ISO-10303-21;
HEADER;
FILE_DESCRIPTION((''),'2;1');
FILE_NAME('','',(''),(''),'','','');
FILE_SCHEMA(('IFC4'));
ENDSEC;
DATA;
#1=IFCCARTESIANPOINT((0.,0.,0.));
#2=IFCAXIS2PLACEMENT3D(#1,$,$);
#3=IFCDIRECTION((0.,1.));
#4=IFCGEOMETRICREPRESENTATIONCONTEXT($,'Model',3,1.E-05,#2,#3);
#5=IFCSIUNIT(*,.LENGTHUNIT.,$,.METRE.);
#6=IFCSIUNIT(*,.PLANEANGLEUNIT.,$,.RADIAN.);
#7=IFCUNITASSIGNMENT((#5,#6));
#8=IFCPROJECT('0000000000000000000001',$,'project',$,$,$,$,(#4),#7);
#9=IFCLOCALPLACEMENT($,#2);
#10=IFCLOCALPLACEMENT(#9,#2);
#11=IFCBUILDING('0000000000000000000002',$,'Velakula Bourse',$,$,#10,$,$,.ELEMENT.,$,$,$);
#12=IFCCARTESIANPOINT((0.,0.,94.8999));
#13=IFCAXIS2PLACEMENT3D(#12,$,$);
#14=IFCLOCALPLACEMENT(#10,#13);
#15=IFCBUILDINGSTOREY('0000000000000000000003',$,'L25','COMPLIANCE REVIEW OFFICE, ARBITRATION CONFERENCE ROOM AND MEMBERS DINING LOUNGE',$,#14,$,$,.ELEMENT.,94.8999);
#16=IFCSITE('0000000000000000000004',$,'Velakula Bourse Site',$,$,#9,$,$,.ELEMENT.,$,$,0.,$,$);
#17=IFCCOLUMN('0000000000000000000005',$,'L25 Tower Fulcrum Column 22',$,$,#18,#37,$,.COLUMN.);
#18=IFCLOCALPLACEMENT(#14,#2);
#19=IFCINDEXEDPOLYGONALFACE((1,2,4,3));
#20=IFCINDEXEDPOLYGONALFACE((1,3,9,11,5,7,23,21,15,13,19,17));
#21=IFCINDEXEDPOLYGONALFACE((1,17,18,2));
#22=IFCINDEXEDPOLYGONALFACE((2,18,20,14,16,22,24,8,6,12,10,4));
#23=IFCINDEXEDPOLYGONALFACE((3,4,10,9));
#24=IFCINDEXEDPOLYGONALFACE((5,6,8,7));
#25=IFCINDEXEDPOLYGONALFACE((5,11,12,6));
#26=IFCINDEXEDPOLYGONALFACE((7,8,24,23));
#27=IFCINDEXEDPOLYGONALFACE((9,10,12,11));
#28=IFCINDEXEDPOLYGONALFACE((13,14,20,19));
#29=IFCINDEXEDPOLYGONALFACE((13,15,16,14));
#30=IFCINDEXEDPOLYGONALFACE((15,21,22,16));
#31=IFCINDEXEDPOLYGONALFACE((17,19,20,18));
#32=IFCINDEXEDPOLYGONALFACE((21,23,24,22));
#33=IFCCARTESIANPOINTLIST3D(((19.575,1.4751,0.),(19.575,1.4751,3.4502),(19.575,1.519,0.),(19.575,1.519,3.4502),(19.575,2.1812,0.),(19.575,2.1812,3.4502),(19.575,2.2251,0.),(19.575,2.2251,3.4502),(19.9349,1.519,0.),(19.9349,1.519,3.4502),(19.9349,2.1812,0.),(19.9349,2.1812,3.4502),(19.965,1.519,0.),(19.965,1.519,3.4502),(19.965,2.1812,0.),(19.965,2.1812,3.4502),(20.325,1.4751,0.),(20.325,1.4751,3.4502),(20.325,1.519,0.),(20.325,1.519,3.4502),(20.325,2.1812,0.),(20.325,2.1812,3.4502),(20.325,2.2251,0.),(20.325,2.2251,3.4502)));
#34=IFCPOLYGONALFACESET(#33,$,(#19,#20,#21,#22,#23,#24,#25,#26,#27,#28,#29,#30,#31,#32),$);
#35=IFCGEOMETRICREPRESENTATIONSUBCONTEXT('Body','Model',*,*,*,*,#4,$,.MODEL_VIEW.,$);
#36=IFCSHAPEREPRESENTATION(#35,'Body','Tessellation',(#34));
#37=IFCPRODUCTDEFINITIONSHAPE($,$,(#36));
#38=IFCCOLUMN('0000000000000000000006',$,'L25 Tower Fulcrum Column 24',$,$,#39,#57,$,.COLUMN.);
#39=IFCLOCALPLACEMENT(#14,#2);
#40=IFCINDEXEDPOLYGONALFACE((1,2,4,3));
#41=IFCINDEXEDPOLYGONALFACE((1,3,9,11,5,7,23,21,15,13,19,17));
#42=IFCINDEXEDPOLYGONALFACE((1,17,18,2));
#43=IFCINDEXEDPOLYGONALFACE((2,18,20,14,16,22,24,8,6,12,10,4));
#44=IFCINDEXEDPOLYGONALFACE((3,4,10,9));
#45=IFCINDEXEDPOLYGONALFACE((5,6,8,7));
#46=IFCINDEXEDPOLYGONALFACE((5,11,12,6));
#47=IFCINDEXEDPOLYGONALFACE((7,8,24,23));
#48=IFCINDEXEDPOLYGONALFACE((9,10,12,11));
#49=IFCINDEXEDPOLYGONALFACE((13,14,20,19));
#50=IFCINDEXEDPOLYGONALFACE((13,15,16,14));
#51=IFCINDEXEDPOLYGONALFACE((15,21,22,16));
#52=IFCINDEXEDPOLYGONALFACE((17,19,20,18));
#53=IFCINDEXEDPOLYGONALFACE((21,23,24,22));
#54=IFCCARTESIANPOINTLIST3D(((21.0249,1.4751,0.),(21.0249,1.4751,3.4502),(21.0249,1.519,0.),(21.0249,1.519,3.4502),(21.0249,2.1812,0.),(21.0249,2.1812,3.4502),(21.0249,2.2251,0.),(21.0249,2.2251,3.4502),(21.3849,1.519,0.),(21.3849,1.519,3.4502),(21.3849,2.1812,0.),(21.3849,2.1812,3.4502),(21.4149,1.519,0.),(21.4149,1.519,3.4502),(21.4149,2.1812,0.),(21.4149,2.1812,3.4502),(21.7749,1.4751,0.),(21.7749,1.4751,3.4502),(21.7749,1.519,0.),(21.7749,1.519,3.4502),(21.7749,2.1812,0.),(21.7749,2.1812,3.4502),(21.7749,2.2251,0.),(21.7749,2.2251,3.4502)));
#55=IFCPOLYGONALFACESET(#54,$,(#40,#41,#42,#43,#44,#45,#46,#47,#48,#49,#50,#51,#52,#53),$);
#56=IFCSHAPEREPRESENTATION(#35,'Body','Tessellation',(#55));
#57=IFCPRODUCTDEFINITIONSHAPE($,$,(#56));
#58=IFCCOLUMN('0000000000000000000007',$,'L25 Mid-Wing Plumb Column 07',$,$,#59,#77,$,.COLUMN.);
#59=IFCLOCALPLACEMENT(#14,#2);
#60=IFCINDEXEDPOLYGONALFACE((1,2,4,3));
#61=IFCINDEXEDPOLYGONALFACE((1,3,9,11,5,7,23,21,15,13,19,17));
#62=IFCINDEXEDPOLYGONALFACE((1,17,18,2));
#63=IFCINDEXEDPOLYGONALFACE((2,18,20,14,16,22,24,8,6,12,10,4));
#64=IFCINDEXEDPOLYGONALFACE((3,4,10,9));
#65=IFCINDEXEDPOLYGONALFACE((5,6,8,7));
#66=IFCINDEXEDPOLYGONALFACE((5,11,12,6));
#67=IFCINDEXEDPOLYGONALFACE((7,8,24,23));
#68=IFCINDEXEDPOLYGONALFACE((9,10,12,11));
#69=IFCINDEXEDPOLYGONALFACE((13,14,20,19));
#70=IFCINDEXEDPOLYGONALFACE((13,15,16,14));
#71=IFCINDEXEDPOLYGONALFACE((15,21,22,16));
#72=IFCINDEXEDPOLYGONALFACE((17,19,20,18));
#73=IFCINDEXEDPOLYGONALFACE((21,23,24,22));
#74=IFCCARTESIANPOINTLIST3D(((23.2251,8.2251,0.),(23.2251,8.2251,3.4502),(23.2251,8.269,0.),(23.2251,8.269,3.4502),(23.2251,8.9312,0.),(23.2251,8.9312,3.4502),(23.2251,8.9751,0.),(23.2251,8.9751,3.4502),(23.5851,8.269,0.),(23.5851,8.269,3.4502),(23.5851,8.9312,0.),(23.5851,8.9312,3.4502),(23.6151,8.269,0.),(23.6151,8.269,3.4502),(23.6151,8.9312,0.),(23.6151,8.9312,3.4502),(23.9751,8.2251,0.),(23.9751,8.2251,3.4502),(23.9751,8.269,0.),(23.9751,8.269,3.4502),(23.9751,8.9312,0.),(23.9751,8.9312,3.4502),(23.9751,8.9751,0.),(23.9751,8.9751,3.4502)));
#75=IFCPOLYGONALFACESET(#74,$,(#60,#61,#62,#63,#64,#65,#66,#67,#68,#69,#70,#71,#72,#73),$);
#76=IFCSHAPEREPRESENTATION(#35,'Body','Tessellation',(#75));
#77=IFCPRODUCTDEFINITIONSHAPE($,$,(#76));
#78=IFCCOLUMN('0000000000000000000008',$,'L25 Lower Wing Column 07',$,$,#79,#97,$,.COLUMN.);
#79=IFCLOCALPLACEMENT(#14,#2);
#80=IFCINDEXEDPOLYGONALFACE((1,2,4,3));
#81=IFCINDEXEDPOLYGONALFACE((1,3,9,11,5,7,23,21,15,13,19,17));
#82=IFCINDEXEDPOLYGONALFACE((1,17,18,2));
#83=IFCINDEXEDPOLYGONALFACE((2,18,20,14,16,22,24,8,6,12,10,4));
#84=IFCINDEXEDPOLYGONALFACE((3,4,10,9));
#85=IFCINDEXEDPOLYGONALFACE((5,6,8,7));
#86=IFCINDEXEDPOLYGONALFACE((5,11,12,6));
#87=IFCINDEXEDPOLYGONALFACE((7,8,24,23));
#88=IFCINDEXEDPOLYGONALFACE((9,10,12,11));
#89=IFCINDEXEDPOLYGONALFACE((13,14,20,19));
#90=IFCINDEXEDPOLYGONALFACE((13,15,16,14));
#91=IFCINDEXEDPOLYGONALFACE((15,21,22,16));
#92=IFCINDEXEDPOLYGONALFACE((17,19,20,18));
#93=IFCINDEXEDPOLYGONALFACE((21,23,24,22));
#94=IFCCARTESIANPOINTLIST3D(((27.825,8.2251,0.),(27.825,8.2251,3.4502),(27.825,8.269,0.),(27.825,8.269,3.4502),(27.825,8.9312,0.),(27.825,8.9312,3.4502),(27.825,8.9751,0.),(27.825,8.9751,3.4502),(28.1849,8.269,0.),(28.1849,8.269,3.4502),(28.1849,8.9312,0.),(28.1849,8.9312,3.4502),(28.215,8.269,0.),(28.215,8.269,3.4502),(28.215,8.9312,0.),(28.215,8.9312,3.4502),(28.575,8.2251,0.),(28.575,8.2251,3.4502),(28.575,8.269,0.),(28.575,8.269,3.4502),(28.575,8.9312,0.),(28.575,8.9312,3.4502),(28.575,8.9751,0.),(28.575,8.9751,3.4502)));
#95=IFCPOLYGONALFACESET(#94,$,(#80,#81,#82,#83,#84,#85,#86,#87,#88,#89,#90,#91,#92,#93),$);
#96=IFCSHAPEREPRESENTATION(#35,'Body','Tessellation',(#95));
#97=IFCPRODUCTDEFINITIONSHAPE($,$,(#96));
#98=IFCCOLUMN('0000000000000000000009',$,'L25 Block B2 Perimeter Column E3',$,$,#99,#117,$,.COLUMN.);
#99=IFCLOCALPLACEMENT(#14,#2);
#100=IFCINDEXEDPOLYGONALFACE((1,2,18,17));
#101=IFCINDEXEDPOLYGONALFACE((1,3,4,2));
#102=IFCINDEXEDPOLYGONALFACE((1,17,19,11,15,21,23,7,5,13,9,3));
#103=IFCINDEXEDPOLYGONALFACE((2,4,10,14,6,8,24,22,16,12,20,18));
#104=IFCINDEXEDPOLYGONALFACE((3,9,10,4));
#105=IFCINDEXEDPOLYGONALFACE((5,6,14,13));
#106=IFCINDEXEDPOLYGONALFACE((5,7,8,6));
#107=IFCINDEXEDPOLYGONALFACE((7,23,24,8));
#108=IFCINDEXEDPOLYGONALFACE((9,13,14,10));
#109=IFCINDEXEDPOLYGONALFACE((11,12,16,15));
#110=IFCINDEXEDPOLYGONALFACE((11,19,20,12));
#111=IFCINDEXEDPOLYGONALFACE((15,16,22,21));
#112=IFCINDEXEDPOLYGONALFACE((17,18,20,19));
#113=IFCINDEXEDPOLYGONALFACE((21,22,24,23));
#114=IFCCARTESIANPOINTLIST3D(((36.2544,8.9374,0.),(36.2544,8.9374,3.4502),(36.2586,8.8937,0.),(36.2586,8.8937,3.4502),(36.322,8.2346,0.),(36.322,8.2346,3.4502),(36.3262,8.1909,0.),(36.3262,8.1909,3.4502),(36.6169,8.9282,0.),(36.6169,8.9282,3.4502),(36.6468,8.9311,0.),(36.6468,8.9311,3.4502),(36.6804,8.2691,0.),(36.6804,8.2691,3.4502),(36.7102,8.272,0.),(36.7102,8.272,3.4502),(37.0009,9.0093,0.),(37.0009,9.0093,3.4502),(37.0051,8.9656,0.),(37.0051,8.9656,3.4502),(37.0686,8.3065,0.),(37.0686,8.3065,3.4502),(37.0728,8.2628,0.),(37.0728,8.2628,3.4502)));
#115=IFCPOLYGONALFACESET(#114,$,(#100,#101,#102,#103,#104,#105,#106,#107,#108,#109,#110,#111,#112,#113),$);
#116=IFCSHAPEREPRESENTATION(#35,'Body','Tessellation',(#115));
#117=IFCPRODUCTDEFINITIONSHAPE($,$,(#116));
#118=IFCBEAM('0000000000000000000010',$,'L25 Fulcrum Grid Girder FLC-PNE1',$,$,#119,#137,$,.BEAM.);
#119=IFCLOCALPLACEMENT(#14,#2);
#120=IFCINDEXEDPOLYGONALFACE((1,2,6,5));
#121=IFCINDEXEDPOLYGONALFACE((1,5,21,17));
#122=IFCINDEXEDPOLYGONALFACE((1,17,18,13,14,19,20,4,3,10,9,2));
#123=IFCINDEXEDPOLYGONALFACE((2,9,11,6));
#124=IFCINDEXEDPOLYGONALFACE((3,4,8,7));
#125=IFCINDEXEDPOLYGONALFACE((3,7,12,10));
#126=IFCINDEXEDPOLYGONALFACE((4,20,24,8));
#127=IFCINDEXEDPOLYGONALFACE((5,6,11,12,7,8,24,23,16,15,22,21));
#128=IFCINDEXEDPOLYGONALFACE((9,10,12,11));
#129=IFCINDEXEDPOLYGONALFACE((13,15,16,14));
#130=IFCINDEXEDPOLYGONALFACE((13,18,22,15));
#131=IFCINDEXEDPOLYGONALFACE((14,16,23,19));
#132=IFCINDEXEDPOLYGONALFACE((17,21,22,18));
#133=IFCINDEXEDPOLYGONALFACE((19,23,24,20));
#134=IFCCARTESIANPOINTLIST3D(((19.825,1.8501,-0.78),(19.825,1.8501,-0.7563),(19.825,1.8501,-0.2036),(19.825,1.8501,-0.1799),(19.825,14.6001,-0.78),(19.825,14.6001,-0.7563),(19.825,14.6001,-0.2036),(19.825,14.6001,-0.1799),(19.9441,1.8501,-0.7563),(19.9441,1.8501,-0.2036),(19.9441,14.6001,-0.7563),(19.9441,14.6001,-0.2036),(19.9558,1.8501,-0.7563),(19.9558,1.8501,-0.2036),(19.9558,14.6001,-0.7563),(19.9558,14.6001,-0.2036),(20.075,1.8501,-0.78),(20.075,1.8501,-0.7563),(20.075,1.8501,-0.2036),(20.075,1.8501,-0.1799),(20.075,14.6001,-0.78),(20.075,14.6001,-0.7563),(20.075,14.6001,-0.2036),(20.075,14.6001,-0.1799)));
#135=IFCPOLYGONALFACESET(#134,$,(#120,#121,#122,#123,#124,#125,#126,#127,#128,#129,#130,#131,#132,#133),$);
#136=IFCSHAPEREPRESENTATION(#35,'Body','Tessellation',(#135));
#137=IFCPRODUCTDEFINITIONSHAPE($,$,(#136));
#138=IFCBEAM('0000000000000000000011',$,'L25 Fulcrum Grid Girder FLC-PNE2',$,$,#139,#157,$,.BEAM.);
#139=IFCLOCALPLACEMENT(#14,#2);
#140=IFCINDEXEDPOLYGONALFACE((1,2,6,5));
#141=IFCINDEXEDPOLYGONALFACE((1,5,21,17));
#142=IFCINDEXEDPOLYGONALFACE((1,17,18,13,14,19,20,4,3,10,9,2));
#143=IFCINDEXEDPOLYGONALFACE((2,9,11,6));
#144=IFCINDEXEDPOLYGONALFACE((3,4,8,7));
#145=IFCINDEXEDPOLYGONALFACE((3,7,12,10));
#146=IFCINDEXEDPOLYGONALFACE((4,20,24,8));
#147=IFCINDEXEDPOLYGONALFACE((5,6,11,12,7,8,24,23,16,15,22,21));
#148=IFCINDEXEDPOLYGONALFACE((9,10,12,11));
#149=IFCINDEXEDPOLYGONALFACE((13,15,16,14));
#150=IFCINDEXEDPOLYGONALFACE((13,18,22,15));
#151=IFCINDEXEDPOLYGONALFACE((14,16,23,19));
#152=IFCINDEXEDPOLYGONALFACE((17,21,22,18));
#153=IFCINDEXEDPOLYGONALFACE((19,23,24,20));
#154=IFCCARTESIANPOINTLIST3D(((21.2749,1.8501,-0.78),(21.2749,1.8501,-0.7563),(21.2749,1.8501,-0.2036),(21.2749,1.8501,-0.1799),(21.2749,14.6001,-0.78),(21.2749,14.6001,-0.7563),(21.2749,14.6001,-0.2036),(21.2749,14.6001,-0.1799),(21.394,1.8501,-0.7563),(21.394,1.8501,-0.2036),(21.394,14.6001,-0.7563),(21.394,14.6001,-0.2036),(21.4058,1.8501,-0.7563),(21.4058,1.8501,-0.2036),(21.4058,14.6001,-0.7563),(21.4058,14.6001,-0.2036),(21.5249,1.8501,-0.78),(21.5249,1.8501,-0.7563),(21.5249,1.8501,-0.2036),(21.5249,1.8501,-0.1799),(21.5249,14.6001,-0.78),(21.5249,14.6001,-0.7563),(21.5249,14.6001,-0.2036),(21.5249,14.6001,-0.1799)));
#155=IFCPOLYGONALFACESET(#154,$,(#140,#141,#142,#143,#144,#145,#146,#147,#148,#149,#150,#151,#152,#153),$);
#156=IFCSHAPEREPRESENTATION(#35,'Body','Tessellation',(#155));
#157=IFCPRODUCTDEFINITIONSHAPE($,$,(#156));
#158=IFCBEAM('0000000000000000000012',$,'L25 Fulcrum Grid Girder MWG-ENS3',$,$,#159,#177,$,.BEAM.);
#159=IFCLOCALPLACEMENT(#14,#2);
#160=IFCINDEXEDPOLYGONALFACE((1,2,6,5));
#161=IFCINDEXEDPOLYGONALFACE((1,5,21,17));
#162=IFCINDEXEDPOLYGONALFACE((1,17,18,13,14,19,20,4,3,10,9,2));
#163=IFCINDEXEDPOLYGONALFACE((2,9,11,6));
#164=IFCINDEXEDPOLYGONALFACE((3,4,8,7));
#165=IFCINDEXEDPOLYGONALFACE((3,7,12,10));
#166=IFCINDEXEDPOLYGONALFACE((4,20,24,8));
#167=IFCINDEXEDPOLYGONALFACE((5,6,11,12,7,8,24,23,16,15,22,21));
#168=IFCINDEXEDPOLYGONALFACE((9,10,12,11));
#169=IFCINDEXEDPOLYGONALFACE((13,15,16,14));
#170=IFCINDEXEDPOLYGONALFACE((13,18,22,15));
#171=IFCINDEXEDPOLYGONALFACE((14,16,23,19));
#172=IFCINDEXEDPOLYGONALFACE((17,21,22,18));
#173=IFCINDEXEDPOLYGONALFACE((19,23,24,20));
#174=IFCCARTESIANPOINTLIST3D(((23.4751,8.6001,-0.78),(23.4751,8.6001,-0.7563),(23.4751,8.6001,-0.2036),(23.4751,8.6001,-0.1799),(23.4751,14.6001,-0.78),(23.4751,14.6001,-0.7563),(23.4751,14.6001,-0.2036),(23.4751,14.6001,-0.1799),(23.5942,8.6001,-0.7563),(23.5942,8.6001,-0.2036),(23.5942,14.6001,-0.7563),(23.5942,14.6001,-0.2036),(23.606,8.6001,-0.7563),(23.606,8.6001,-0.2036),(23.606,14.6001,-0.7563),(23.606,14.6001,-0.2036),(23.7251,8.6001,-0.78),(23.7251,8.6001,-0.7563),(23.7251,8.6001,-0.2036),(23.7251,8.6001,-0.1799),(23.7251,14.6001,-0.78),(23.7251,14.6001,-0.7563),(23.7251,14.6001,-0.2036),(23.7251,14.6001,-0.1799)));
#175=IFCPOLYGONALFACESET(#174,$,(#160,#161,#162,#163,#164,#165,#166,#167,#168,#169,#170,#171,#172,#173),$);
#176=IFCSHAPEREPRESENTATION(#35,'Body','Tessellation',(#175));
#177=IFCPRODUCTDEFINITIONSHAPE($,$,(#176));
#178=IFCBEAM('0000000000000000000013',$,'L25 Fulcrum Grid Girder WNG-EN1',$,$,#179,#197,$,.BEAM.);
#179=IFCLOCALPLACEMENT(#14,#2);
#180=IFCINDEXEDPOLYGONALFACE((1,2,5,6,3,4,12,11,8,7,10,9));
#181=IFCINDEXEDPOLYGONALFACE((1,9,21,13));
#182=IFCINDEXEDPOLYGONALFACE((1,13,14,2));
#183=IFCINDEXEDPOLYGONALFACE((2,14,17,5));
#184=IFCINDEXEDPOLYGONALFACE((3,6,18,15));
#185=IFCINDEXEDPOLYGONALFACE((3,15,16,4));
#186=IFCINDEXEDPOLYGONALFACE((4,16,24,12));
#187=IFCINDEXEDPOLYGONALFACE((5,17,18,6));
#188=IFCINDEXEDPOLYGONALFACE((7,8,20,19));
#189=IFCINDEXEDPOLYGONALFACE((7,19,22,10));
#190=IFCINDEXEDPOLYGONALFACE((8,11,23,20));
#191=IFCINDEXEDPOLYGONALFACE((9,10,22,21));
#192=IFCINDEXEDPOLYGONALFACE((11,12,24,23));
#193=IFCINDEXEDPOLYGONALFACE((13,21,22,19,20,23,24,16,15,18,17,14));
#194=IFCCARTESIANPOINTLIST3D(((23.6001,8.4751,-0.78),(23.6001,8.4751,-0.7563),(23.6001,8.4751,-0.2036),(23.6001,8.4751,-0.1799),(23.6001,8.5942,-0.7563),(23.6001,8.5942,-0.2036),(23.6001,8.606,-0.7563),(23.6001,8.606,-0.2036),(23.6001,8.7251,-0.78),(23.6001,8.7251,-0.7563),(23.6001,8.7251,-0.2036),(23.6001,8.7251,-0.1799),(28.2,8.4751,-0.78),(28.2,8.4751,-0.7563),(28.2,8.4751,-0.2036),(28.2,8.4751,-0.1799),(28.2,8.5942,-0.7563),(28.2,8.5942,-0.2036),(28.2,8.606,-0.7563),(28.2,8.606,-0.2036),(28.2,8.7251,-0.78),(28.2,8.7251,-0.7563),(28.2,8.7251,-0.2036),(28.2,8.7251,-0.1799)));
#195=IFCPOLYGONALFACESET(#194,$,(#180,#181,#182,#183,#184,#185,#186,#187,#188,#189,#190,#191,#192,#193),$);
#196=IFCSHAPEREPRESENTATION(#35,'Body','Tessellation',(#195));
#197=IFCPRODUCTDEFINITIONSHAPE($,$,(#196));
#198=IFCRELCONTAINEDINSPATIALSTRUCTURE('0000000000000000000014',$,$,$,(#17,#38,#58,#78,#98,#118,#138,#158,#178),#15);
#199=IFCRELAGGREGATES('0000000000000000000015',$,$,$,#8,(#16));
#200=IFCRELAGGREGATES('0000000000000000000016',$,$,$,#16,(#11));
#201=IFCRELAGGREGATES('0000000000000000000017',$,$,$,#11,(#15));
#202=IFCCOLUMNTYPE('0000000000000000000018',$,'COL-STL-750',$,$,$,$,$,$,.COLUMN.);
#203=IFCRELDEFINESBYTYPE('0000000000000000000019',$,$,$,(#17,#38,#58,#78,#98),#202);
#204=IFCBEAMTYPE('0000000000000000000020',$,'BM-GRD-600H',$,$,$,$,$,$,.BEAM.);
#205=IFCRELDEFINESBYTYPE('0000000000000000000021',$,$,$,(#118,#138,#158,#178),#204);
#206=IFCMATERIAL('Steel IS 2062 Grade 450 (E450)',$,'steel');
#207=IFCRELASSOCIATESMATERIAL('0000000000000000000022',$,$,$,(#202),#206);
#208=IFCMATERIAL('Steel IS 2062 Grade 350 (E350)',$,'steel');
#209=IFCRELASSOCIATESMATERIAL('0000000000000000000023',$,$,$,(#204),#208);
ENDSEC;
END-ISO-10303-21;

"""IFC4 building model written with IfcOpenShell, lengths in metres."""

from ifc_helpers import new_model, si_unit, direction, frame, origin, origin_2d, place, context, subcontext, project, spatial, i_section, extrude, material, material_profile, profile_set, type_object, element, save


model = new_model("IFC4")

# Units and contexts
model_context = context("Model", 3, precision=1e-05, world=origin(), true_north=direction((0.0, 1.0)))
body_context = subcontext(model_context, "Body", "Model", "MODEL_VIEW")
ifc_project = project(units=[si_unit("LENGTHUNIT", "METRE"), si_unit("PLANEANGLEUNIT", "RADIAN")], contexts=[model_context])

# Site, building, storey
site_placement = place(None, origin())
site = spatial("IfcSite", under=ifc_project, at=site_placement, Name="Velakula Bourse Site", CompositionType="ELEMENT", RefElevation=0.0)
building_placement = place(site_placement, origin())
building = spatial("IfcBuilding", under=site, at=building_placement, Name="Velakula Bourse", CompositionType="ELEMENT")
storey_placement = place(building_placement, frame((0.0, 0.0, 94.8999)))
storey = spatial("IfcBuildingStorey", under=building, at=storey_placement, Name="L25", Description="COMPLIANCE REVIEW OFFICE, ARBITRATION CONFERENCE ROOM AND MEMBERS DINING LOUNGE", CompositionType="ELEMENT", Elevation=94.8999)

# Columns
ifc_material_1 = material(Name="Steel IS 2062 Grade 450 (E450)", Category="steel")
ifc_material_profile_1 = material_profile(ifc_material_1, i_section(OverallWidth=0.75, OverallDepth=0.75, WebThickness=0.03, FlangeThickness=0.0439, at=origin_2d()), Name="Steel IS 2062 Grade 450 (E450)")
ifc_profile_set_1 = profile_set([ifc_material_profile_1], Name="Steel IS 2062 Grade 450 (E450)")
column_type = type_object("IfcColumnType", Name="COL-STL-750", PredefinedType="COLUMN", material=ifc_profile_set_1)
for number, where, z_axis, x_axis, name in (
    (1, (19.95, 1.8501, 0.0), (0.0, 0.0, 1.0), (1.0, 0.0, 0.0), "L25 Tower Fulcrum Column 22"),
    (2, (21.3999, 1.8501, 0.0), (0.0, 0.0, 1.0), (1.0, 0.0, 0.0), "L25 Tower Fulcrum Column 24"),
    (3, (23.6001, 8.6001, 0.0), (0.0, 0.0, 1.0), (1.0, 0.0, 0.0), "L25 Mid-Wing Plumb Column 07"),
    (4, (28.2, 8.6001, 0.0), (0.0, 0.0, 1.0), (1.0, 0.0, 0.0), "L25 Lower Wing Column 07"),
    (5, (36.6636, 8.6001, 0.0), (0.0, 0.0, 1.0), (0.995396, 0.095846, 0.0), "L25 Block B2 Perimeter Column E3"),
):
    element("IfcColumn", number, at=place(storey_placement, frame(where, z_axis=z_axis, x_axis=x_axis)), inside=storey, type_object=column_type, Name=name, PredefinedType="COLUMN", context=body_context, shape_type="SweptSolid", body=[
        extrude(i_section(OverallWidth=0.75, OverallDepth=0.75, WebThickness=0.03, FlangeThickness=0.0439, at=origin_2d()), origin(), (0.0, 0.0, 1.0), 3.4502),
    ])

# Beams
ifc_material_2 = material(Name="Steel IS 2062 Grade 350 (E350)", Category="steel")
ifc_material_profile_2 = material_profile(ifc_material_2, i_section(OverallWidth=0.25, OverallDepth=0.6001, WebThickness=0.0117, FlangeThickness=0.0237, at=origin_2d()), Name="Steel IS 2062 Grade 350 (E350)")
ifc_profile_set_2 = profile_set([ifc_material_profile_2], Name="Steel IS 2062 Grade 350 (E350)")
beam_type_1 = type_object("IfcBeamType", Name="BM-GRD-600H", PredefinedType="BEAM", material=ifc_profile_set_2)
for number, where, z_axis, x_axis, name in (
    (6, (19.95, 1.8501, -0.48), (0.0, 1.0, 0.0), (-1.0, 0.0, 0.0), "L25 Fulcrum Grid Girder FLC-PNE1"),
    (7, (21.3999, 1.8501, -0.48), (0.0, 1.0, 0.0), (-1.0, 0.0, 0.0), "L25 Fulcrum Grid Girder FLC-PNE2"),
):
    element("IfcBeam", number, at=place(storey_placement, frame(where, z_axis=z_axis, x_axis=x_axis)), inside=storey, type_object=beam_type_1, Name=name, PredefinedType="BEAM", context=body_context, shape_type="SweptSolid", body=[
        extrude(i_section(OverallWidth=0.25, OverallDepth=0.6001, WebThickness=0.0117, FlangeThickness=0.0237, at=origin_2d()), origin(), (0.0, 0.0, 1.0), 12.75),
    ])
beam_1_placement = place(storey_placement, frame((23.6001, 8.6001, -0.48), z_axis=(0.0, 1.0, 0.0), x_axis=(-1.0, 0.0, 0.0)))
element("IfcBeam", 8, at=beam_1_placement, inside=storey, type_object=beam_type_1, Name="L25 Fulcrum Grid Girder MWG-ENS3", PredefinedType="BEAM", context=body_context, shape_type="SweptSolid", body=[
    extrude(i_section(OverallWidth=0.25, OverallDepth=0.6001, WebThickness=0.0117, FlangeThickness=0.0237, at=origin_2d()), origin(), (0.0, 0.0, 1.0), 6.0),
])
beam_2_placement = place(storey_placement, frame((23.6001, 8.6001, -0.48), z_axis=(1.0, 0.0, 0.0), x_axis=(0.0, 1.0, 0.0)))
element("IfcBeam", 9, at=beam_2_placement, inside=storey, type_object=beam_type_1, Name="L25 Fulcrum Grid Girder WNG-EN1", PredefinedType="BEAM", context=body_context, shape_type="SweptSolid", body=[
    extrude(i_section(OverallWidth=0.25, OverallDepth=0.6001, WebThickness=0.0117, FlangeThickness=0.0237, at=origin_2d()), origin(), (0.0, 0.0, 1.0), 4.5999),
])

save(model, "model.ifc")
